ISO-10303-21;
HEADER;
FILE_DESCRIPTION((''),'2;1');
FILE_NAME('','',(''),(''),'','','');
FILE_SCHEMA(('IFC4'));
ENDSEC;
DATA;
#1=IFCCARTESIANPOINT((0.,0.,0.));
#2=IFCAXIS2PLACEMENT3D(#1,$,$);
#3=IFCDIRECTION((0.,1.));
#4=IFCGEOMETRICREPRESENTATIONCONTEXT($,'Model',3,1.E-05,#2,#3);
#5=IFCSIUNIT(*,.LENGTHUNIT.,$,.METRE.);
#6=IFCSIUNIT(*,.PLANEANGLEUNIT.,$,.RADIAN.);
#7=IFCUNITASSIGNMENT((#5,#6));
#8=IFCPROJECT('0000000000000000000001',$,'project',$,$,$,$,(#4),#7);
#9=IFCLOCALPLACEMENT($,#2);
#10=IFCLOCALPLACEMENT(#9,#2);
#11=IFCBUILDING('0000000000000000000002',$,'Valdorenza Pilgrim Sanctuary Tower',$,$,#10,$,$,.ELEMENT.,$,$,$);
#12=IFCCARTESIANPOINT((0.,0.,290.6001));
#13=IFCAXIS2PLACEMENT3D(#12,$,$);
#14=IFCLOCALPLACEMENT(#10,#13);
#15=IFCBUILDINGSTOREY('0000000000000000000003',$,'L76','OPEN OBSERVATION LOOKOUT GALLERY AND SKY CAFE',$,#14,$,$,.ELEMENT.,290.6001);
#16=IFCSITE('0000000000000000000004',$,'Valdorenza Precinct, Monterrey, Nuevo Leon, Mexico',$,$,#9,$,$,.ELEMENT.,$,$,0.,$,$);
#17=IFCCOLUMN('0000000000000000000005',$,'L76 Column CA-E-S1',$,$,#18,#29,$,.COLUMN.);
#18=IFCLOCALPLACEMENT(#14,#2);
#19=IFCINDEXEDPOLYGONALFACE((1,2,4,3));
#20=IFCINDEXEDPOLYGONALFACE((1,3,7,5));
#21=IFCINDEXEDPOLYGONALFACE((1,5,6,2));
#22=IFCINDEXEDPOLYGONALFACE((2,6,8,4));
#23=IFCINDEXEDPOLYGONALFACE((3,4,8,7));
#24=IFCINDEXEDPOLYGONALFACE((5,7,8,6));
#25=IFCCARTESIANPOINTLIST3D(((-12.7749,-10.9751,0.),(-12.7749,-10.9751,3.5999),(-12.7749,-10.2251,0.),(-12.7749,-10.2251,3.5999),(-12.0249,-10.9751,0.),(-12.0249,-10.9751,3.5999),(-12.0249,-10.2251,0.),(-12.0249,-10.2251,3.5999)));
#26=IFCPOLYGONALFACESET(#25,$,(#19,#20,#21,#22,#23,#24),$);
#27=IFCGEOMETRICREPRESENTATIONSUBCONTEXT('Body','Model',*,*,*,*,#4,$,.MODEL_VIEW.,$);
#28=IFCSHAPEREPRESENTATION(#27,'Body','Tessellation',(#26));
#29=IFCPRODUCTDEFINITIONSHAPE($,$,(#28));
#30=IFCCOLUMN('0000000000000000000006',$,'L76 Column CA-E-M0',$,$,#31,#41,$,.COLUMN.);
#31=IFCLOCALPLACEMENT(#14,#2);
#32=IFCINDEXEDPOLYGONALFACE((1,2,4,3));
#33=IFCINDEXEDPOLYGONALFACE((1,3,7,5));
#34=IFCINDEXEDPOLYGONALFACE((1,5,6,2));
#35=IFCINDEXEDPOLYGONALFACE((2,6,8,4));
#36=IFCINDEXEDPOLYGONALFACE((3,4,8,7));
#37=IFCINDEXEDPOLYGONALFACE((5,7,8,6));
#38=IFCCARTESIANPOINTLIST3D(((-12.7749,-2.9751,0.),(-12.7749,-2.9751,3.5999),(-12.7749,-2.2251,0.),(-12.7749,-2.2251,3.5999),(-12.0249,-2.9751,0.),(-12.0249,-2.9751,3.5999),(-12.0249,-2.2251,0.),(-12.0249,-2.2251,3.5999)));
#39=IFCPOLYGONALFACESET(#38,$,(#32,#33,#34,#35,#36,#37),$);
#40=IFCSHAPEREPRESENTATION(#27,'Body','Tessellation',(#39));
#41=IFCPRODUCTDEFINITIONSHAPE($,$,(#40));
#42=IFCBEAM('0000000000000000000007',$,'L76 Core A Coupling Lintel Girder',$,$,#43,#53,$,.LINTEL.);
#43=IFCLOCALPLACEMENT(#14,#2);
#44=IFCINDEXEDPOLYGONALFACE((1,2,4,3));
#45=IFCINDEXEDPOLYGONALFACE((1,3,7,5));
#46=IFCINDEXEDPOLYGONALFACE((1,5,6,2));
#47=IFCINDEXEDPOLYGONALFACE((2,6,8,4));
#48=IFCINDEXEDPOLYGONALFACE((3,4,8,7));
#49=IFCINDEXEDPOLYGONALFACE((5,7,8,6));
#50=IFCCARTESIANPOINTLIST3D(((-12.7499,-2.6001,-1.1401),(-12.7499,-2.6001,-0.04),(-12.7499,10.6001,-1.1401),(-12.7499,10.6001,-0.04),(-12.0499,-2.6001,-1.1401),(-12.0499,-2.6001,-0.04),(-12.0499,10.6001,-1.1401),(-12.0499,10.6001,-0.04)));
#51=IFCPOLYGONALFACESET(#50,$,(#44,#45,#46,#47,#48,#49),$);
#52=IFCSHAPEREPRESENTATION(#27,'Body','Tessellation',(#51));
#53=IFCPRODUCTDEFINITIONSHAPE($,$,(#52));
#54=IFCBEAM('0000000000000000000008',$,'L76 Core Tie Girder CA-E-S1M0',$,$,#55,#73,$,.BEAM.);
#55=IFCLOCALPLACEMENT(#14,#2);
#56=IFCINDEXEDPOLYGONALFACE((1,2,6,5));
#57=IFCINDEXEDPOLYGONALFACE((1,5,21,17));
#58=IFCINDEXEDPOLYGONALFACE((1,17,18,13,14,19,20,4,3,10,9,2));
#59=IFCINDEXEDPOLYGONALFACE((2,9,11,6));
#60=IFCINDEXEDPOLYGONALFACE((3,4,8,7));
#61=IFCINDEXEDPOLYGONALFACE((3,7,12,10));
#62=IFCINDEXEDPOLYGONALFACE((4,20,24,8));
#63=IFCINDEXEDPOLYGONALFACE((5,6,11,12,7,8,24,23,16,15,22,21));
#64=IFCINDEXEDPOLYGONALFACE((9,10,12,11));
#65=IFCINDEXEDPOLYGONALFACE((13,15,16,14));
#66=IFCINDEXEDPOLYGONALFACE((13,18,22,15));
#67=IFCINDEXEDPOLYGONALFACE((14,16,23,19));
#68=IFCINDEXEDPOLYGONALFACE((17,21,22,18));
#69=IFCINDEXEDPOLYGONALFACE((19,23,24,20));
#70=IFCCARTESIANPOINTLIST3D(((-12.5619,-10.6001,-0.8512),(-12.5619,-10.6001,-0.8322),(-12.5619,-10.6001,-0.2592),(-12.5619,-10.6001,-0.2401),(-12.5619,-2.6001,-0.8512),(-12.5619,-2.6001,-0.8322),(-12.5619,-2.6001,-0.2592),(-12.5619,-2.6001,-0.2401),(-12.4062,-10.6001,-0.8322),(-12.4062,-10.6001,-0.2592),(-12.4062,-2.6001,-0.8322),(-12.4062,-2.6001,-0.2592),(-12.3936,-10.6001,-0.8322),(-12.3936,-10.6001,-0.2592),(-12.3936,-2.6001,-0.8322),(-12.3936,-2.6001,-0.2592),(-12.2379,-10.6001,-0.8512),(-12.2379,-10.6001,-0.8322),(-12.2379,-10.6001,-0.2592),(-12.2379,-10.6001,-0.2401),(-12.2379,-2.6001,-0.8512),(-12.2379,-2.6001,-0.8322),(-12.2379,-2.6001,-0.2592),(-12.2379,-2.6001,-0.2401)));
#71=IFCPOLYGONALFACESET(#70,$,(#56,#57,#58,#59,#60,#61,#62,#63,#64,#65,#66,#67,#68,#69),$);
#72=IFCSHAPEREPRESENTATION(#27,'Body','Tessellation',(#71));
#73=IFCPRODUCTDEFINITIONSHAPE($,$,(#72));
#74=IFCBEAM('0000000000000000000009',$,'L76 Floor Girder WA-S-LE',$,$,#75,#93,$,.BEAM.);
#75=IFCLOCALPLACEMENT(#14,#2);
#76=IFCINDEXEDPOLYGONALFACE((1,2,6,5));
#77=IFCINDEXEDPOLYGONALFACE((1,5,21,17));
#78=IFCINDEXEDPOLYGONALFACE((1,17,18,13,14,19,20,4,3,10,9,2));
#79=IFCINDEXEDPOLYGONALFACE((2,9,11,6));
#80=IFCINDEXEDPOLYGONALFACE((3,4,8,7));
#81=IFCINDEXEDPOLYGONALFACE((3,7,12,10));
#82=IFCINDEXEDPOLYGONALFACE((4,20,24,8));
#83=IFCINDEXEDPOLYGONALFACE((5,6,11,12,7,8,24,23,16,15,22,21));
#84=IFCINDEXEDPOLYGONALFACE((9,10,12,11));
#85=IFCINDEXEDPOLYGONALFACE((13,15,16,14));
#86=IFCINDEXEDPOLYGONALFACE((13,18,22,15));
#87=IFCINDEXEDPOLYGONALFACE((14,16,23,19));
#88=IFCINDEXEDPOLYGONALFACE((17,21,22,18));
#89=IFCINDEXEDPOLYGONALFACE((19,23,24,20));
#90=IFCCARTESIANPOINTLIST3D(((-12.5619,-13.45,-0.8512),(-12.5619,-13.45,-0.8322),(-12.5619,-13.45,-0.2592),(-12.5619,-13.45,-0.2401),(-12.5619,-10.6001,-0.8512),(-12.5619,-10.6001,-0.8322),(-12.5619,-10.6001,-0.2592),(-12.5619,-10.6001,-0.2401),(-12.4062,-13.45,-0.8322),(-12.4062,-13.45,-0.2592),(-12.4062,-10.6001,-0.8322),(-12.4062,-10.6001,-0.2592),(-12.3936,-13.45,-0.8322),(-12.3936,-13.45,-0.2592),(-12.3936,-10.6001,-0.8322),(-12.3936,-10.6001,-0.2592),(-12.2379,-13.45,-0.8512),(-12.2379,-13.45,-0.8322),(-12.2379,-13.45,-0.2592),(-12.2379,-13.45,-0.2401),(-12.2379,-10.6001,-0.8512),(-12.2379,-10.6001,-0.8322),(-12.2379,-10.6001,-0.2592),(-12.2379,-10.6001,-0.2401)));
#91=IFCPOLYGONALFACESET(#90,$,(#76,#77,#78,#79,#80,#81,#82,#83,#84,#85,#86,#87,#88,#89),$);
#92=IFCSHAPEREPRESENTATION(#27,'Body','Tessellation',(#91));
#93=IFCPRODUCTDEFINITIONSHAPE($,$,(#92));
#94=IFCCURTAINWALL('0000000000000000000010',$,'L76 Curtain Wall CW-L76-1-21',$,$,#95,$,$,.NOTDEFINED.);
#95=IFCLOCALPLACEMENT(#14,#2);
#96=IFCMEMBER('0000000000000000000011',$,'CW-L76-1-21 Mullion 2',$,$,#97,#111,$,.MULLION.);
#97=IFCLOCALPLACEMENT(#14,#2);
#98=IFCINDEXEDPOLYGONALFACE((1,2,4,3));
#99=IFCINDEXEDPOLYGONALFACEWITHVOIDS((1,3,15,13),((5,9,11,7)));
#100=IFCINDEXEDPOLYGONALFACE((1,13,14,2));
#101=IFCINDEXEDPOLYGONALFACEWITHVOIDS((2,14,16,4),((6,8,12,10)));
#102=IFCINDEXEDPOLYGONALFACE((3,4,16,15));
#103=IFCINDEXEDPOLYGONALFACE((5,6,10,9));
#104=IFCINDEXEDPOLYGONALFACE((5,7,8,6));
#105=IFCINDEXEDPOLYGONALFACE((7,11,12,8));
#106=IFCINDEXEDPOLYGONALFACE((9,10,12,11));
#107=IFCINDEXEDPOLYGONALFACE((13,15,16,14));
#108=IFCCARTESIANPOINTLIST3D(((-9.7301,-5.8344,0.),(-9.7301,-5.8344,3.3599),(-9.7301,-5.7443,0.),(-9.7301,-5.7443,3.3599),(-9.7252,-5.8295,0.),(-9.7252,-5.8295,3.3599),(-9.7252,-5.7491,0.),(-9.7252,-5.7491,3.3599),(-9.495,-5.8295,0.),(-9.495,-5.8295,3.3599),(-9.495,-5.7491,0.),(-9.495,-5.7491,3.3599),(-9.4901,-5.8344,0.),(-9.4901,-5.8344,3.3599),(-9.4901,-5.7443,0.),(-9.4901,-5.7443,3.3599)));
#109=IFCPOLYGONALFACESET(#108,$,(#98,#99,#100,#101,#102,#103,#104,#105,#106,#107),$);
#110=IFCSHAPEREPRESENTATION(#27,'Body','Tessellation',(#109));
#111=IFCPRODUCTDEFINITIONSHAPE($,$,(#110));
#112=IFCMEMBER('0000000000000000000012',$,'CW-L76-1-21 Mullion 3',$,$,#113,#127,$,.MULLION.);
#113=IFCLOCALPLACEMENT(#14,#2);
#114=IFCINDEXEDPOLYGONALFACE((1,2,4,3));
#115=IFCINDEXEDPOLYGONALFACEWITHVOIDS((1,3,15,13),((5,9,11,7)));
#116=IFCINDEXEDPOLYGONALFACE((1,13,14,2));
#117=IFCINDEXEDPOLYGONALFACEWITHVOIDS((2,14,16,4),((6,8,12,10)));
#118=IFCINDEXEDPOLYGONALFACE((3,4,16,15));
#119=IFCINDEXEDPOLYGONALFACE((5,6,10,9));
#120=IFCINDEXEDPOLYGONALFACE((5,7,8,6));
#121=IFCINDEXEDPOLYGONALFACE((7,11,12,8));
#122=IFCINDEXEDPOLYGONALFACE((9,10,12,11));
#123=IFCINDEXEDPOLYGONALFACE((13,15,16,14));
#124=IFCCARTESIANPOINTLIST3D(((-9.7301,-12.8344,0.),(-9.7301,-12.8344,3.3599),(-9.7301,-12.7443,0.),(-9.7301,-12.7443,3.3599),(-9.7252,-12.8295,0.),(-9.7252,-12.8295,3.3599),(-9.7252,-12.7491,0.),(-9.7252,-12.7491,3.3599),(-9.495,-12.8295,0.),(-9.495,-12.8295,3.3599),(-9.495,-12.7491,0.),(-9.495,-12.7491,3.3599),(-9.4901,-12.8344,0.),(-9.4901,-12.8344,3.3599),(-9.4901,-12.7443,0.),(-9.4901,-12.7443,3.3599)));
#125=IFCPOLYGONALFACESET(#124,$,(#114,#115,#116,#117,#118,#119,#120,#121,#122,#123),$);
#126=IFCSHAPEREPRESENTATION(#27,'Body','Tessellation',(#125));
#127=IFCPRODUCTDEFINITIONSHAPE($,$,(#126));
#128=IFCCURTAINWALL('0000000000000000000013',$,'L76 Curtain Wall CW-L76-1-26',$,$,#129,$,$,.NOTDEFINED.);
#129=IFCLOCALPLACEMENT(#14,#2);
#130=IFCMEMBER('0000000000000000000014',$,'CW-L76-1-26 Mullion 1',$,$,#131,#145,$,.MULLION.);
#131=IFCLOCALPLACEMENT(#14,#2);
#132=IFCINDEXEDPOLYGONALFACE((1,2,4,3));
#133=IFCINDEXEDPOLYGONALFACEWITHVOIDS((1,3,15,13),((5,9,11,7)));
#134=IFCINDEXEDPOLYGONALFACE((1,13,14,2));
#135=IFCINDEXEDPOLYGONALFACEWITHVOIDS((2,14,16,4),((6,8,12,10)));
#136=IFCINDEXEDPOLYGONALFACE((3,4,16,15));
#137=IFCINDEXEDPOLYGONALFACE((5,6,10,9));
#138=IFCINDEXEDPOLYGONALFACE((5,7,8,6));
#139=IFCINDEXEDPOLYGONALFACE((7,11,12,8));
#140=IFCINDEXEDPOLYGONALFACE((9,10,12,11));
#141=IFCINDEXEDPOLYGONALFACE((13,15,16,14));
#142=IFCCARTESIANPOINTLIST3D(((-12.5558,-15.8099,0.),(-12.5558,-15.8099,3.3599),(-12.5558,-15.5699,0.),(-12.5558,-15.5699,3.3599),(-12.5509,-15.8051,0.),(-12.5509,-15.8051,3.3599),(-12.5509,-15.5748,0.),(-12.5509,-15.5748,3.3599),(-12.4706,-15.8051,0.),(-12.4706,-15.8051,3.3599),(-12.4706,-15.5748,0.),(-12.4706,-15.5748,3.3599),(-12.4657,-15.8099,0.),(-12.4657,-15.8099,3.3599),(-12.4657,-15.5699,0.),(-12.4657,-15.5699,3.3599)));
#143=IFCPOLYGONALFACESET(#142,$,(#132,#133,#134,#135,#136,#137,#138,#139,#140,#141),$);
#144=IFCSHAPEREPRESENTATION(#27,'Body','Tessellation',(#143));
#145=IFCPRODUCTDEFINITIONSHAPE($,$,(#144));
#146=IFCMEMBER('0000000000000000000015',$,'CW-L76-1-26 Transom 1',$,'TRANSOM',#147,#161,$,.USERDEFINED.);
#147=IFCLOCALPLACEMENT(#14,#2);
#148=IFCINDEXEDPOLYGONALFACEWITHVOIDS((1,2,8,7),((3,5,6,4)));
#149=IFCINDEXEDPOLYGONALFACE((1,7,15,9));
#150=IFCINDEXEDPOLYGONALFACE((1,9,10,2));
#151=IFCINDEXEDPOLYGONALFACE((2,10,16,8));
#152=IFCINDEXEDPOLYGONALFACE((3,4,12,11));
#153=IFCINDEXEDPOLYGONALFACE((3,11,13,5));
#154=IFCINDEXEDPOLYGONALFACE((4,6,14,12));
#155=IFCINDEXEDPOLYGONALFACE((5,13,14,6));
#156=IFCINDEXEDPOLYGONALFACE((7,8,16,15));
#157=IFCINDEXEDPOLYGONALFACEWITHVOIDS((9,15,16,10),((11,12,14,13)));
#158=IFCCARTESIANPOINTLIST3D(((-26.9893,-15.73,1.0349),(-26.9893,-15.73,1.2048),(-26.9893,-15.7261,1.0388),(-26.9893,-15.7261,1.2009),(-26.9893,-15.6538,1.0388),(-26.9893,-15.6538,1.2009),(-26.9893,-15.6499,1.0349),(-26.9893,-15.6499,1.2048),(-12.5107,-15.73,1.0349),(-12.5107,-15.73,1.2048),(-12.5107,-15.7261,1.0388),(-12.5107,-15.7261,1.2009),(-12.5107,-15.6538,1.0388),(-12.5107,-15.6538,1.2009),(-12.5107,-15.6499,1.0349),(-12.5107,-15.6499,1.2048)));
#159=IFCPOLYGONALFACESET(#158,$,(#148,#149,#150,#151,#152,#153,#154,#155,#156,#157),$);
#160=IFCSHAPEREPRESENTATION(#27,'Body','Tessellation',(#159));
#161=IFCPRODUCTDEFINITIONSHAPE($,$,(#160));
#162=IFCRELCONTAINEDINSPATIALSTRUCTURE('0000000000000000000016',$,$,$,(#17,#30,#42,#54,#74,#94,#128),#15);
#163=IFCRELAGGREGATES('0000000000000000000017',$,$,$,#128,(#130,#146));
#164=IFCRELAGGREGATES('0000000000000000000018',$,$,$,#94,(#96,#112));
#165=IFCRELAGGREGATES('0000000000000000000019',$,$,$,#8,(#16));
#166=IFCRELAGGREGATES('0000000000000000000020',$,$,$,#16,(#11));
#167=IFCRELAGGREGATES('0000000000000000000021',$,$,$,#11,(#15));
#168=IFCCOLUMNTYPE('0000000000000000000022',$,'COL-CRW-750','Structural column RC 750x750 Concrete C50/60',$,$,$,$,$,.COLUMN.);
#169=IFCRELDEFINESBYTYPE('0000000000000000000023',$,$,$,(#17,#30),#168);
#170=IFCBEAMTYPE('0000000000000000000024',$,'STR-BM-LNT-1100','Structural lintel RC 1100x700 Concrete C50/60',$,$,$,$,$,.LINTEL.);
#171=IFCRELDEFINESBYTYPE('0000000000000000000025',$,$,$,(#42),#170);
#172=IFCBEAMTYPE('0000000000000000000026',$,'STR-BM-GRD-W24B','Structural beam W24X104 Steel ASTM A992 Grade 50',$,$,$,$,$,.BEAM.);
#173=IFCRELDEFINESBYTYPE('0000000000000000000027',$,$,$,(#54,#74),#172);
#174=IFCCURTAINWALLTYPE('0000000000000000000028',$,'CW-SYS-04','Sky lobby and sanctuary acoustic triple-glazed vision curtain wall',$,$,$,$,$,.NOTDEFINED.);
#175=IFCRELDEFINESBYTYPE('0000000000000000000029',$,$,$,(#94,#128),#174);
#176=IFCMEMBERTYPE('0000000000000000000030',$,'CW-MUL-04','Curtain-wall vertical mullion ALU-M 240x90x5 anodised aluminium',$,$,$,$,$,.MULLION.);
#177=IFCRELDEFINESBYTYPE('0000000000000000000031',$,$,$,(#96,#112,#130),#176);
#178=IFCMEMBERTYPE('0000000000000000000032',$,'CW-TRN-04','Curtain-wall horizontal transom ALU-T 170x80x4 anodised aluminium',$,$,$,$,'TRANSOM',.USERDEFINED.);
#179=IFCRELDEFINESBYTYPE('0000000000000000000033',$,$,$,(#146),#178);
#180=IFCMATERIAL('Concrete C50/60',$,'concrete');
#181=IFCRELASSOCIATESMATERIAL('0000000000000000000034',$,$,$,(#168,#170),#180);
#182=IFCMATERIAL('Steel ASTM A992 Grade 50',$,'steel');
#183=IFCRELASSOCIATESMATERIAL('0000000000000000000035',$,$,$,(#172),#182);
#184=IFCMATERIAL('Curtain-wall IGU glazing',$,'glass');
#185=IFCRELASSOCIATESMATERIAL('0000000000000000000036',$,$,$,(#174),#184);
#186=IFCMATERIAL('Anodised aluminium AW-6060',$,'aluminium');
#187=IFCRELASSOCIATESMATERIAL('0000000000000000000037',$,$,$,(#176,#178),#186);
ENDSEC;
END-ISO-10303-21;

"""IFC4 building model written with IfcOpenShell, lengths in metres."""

from ifc_helpers import new_model, si_unit, direction, frame, origin, origin_2d, place, context, subcontext, project, spatial, rectangle, hollow_rectangle, i_section, extrude, source, transform, mapped, material, material_profile, profile_set, type_object, element, aggregate, save


model = new_model("IFC4")

# Units and contexts
model_context = context("Model", 3, precision=1e-05, world=origin(), true_north=direction((0.0, 1.0)))
body_context = subcontext(model_context, "Body", "Model", "MODEL_VIEW")
ifc_project = project(units=[si_unit("LENGTHUNIT", "METRE"), si_unit("PLANEANGLEUNIT", "RADIAN")], contexts=[model_context])

# Site, building, storey
site_placement = place(None, origin())
site = spatial("IfcSite", under=ifc_project, at=site_placement, Name="Valdorenza Precinct, Monterrey, Nuevo Leon, Mexico", CompositionType="ELEMENT", RefElevation=0.0)
building_placement = place(site_placement, origin())
building = spatial("IfcBuilding", under=site, at=building_placement, Name="Valdorenza Pilgrim Sanctuary Tower", CompositionType="ELEMENT")
storey_placement = place(building_placement, frame((0.0, 0.0, 290.6001)))
storey = spatial("IfcBuildingStorey", under=building, at=storey_placement, Name="L76", Description="OPEN OBSERVATION LOOKOUT GALLERY AND SKY CAFE", CompositionType="ELEMENT", Elevation=290.6001)

# Columns
ifc_material_1 = material(Name="Concrete C50/60", Category="concrete")
ifc_material_profile_1 = material_profile(ifc_material_1, rectangle(XDim=0.75, YDim=0.75, at=origin_2d()), Name="RC 750x750")
ifc_profile_set_1 = profile_set([ifc_material_profile_1], Name="Concrete C50/60")
column_type = type_object("IfcColumnType", Name="COL-CRW-750", Description="Structural column RC 750x750 Concrete C50/60", PredefinedType="COLUMN", material=ifc_profile_set_1)
shared_shape_1 = source(origin(), body_context, "Body", "SweptSolid", [
    extrude(rectangle(XDim=0.75, YDim=0.75, at=origin_2d()), origin(), (0.0, 0.0, 1.0), 3.5999),
])
for number, where, z_axis, x_axis, name in (
    (1, (-12.3999, -10.6001, 0.0), (0.0, 0.0, 1.0), (1.0, 0.0, 0.0), "L76 Column CA-E-S1"),
    (2, (-12.3999, -2.6001, 0.0), (0.0, 0.0, 1.0), (1.0, 0.0, 0.0), "L76 Column CA-E-M0"),
):
    element("IfcColumn", number, at=place(storey_placement, frame(where, z_axis=z_axis, x_axis=x_axis)), inside=storey, type_object=column_type, Name=name, PredefinedType="COLUMN", context=body_context, shape_type="MappedRepresentation", body=[
        mapped(shared_shape_1, transform((0.0, 0.0, 0.0), x_axis=(1.0, 0.0, 0.0), y_axis=(0.0, 1.0, 0.0), z_axis=(0.0, 0.0, 1.0), scale=1.0)),
    ])

# Beams
ifc_material_profile_2 = material_profile(ifc_material_1, rectangle(XDim=0.7, YDim=1.1001, at=origin_2d()), Name="RC 1100x700")
ifc_profile_set_2 = profile_set([ifc_material_profile_2], Name="Concrete C50/60")
beam_type_1 = type_object("IfcBeamType", Name="STR-BM-LNT-1100", Description="Structural lintel RC 1100x700 Concrete C50/60", PredefinedType="LINTEL", material=ifc_profile_set_2)
shared_shape_2 = source(origin(), body_context, "Body", "SweptSolid", [
    extrude(rectangle(XDim=0.7, YDim=1.1001, at=origin_2d()), origin(), (0.0, 0.0, 1.0), 13.2002),
])
beam_1_placement = place(storey_placement, frame((-12.3999, -2.6001, -0.5901), z_axis=(0.0, 1.0, 0.0), x_axis=(-1.0, 0.0, 0.0)))
element("IfcBeam", 3, at=beam_1_placement, inside=storey, type_object=beam_type_1, Name="L76 Core A Coupling Lintel Girder", PredefinedType="LINTEL", context=body_context, shape_type="MappedRepresentation", body=[
    mapped(shared_shape_2, transform((0.0, 0.0, 0.0), x_axis=(1.0, 0.0, 0.0), y_axis=(0.0, 1.0, 0.0), z_axis=(0.0, 0.0, 1.0), scale=1.0)),
])
ifc_material_2 = material(Name="Steel ASTM A992 Grade 50", Category="steel")
ifc_material_profile_3 = material_profile(ifc_material_2, i_section(OverallWidth=0.324, OverallDepth=0.6111, WebThickness=0.0127, FlangeThickness=0.019, at=origin_2d()), Name="W24X104")
ifc_profile_set_3 = profile_set([ifc_material_profile_3], Name="Steel ASTM A992 Grade 50")
beam_type_2 = type_object("IfcBeamType", Name="STR-BM-GRD-W24B", Description="Structural beam W24X104 Steel ASTM A992 Grade 50", PredefinedType="BEAM", material=ifc_profile_set_3)
shared_shape_3 = source(origin(), body_context, "Body", "SweptSolid", [
    extrude(i_section(OverallWidth=0.324, OverallDepth=0.6111, WebThickness=0.0127, FlangeThickness=0.019, at=origin_2d()), origin(), (0.0, 0.0, 1.0), 8.0),
])
beam_2_placement = place(storey_placement, frame((-12.3999, -10.6001, -0.5457), z_axis=(0.0, 1.0, 0.0), x_axis=(-1.0, 0.0, 0.0)))
element("IfcBeam", 4, at=beam_2_placement, inside=storey, type_object=beam_type_2, Name="L76 Core Tie Girder CA-E-S1M0", PredefinedType="BEAM", context=body_context, shape_type="MappedRepresentation", body=[
    mapped(shared_shape_3, transform((0.0, 0.0, 0.0), x_axis=(1.0, 0.0, 0.0), y_axis=(0.0, 1.0, 0.0), z_axis=(0.0, 0.0, 1.0), scale=1.0)),
])
shared_shape_4 = source(origin(), body_context, "Body", "SweptSolid", [
    extrude(i_section(OverallWidth=0.324, OverallDepth=0.6111, WebThickness=0.0127, FlangeThickness=0.019, at=origin_2d()), origin(), (0.0, 0.0, 1.0), 2.8499),
])
beam_3_placement = place(storey_placement, frame((-12.3999, -13.45, -0.5457), z_axis=(0.0, 1.0, 0.0), x_axis=(-1.0, 0.0, 0.0)))
element("IfcBeam", 5, at=beam_3_placement, inside=storey, type_object=beam_type_2, Name="L76 Floor Girder WA-S-LE", PredefinedType="BEAM", context=body_context, shape_type="MappedRepresentation", body=[
    mapped(shared_shape_4, transform((0.0, 0.0, 0.0), x_axis=(1.0, 0.0, 0.0), y_axis=(0.0, 1.0, 0.0), z_axis=(0.0, 0.0, 1.0), scale=1.0)),
])

# Curtain walls, members
ifc_material_3 = material(Name="Curtain-wall IGU glazing", Category="glass")
curtain_wall_type = type_object("IfcCurtainWallType", Name="CW-SYS-04", Description="Sky lobby and sanctuary acoustic triple-glazed vision curtain wall", PredefinedType="NOTDEFINED", material=ifc_material_3)
curtain_wall_1_placement = place(storey_placement, origin())
curtain_wall_1 = element("IfcCurtainWall", 6, at=curtain_wall_1_placement, inside=storey, type_object=curtain_wall_type, Name="L76 Curtain Wall CW-L76-1-21", PredefinedType="NOTDEFINED")
ifc_material_4 = material(Name="Anodised aluminium AW-6060", Category="aluminium")
ifc_material_profile_4 = material_profile(ifc_material_4, hollow_rectangle(XDim=0.0901, YDim=0.24, WallThickness=0.0049, at=origin_2d()), Name="ALU-M 240x90x5")
ifc_profile_set_4 = profile_set([ifc_material_profile_4], Name="Anodised aluminium AW-6060")
member_type_1 = type_object("IfcMemberType", Name="CW-MUL-04", Description="Curtain-wall vertical mullion ALU-M 240x90x5 anodised aluminium", PredefinedType="MULLION", material=ifc_profile_set_4)
shared_shape_5 = source(origin(), body_context, "Body", "SweptSolid", [
    extrude(hollow_rectangle(XDim=0.0901, YDim=0.24, WallThickness=0.0049, at=origin_2d()), origin(), (0.0, 0.0, 1.0), 3.3599),
])
member_1_placement = place(storey_placement, frame((-9.6101, -5.7893, 0.0), z_axis=(0.0, 0.0, 1.0), x_axis=(0.0, -1.0, 0.0)))
member_1 = element("IfcMember", 7, at=member_1_placement, type_object=member_type_1, Name="CW-L76-1-21 Mullion 2", PredefinedType="MULLION", context=body_context, shape_type="MappedRepresentation", body=[
    mapped(shared_shape_5, transform((0.0, 0.0, 0.0), x_axis=(1.0, 0.0, 0.0), y_axis=(0.0, 1.0, 0.0), z_axis=(0.0, 0.0, 1.0), scale=1.0)),
])
member_2_placement = place(storey_placement, frame((-9.6101, -12.7893, 0.0), z_axis=(0.0, 0.0, 1.0), x_axis=(0.0, -1.0, 0.0)))
member_2 = element("IfcMember", 8, at=member_2_placement, type_object=member_type_1, Name="CW-L76-1-21 Mullion 3", PredefinedType="MULLION", context=body_context, shape_type="MappedRepresentation", body=[
    mapped(shared_shape_5, transform((0.0, 0.0, 0.0), x_axis=(1.0, 0.0, 0.0), y_axis=(0.0, 1.0, 0.0), z_axis=(0.0, 0.0, 1.0), scale=1.0)),
])
curtain_wall_2_placement = place(storey_placement, origin())
curtain_wall_2 = element("IfcCurtainWall", 9, at=curtain_wall_2_placement, inside=storey, type_object=curtain_wall_type, Name="L76 Curtain Wall CW-L76-1-26", PredefinedType="NOTDEFINED")
member_3_placement = place(storey_placement, frame((-12.5107, -15.6899, 0.0), z_axis=(0.0, 0.0, 1.0), x_axis=(-1.0, 0.0, 0.0)))
member_3 = element("IfcMember", 10, at=member_3_placement, type_object=member_type_1, Name="CW-L76-1-26 Mullion 1", PredefinedType="MULLION", context=body_context, shape_type="MappedRepresentation", body=[
    mapped(shared_shape_5, transform((0.0, 0.0, 0.0), x_axis=(1.0, 0.0, 0.0), y_axis=(0.0, 1.0, 0.0), z_axis=(0.0, 0.0, 1.0), scale=1.0)),
])
ifc_material_profile_5 = material_profile(ifc_material_4, hollow_rectangle(XDim=0.0801, YDim=0.1699, WallThickness=0.0039, at=origin_2d()), Name="ALU-T 170x80x4")
ifc_profile_set_5 = profile_set([ifc_material_profile_5], Name="Anodised aluminium AW-6060")
member_type_2 = type_object("IfcMemberType", Name="CW-TRN-04", Description="Curtain-wall horizontal transom ALU-T 170x80x4 anodised aluminium", ElementType="TRANSOM", PredefinedType="USERDEFINED", material=ifc_profile_set_5)
shared_shape_6 = source(origin(), body_context, "Body", "SweptSolid", [
    extrude(hollow_rectangle(XDim=0.0801, YDim=0.1699, WallThickness=0.0039, at=origin_2d()), origin(), (0.0, 0.0, 1.0), 14.4785),
])
member_4_placement = place(storey_placement, frame((-12.5107, -15.6899, 1.1199), z_axis=(-1.0, 0.0, 0.0), x_axis=(0.0, -1.0, 0.0)))
member_4 = element("IfcMember", 11, at=member_4_placement, type_object=member_type_2, Name="CW-L76-1-26 Transom 1", ObjectType="TRANSOM", PredefinedType="USERDEFINED", context=body_context, shape_type="MappedRepresentation", body=[
    mapped(shared_shape_6, transform((0.0, 0.0, 0.0), x_axis=(1.0, 0.0, 0.0), y_axis=(0.0, 1.0, 0.0), z_axis=(0.0, 0.0, 1.0), scale=1.0)),
])
aggregate(curtain_wall_2, [member_3, member_4])

aggregate(curtain_wall_1, [member_1, member_2])

save(model, "model.ifc")
